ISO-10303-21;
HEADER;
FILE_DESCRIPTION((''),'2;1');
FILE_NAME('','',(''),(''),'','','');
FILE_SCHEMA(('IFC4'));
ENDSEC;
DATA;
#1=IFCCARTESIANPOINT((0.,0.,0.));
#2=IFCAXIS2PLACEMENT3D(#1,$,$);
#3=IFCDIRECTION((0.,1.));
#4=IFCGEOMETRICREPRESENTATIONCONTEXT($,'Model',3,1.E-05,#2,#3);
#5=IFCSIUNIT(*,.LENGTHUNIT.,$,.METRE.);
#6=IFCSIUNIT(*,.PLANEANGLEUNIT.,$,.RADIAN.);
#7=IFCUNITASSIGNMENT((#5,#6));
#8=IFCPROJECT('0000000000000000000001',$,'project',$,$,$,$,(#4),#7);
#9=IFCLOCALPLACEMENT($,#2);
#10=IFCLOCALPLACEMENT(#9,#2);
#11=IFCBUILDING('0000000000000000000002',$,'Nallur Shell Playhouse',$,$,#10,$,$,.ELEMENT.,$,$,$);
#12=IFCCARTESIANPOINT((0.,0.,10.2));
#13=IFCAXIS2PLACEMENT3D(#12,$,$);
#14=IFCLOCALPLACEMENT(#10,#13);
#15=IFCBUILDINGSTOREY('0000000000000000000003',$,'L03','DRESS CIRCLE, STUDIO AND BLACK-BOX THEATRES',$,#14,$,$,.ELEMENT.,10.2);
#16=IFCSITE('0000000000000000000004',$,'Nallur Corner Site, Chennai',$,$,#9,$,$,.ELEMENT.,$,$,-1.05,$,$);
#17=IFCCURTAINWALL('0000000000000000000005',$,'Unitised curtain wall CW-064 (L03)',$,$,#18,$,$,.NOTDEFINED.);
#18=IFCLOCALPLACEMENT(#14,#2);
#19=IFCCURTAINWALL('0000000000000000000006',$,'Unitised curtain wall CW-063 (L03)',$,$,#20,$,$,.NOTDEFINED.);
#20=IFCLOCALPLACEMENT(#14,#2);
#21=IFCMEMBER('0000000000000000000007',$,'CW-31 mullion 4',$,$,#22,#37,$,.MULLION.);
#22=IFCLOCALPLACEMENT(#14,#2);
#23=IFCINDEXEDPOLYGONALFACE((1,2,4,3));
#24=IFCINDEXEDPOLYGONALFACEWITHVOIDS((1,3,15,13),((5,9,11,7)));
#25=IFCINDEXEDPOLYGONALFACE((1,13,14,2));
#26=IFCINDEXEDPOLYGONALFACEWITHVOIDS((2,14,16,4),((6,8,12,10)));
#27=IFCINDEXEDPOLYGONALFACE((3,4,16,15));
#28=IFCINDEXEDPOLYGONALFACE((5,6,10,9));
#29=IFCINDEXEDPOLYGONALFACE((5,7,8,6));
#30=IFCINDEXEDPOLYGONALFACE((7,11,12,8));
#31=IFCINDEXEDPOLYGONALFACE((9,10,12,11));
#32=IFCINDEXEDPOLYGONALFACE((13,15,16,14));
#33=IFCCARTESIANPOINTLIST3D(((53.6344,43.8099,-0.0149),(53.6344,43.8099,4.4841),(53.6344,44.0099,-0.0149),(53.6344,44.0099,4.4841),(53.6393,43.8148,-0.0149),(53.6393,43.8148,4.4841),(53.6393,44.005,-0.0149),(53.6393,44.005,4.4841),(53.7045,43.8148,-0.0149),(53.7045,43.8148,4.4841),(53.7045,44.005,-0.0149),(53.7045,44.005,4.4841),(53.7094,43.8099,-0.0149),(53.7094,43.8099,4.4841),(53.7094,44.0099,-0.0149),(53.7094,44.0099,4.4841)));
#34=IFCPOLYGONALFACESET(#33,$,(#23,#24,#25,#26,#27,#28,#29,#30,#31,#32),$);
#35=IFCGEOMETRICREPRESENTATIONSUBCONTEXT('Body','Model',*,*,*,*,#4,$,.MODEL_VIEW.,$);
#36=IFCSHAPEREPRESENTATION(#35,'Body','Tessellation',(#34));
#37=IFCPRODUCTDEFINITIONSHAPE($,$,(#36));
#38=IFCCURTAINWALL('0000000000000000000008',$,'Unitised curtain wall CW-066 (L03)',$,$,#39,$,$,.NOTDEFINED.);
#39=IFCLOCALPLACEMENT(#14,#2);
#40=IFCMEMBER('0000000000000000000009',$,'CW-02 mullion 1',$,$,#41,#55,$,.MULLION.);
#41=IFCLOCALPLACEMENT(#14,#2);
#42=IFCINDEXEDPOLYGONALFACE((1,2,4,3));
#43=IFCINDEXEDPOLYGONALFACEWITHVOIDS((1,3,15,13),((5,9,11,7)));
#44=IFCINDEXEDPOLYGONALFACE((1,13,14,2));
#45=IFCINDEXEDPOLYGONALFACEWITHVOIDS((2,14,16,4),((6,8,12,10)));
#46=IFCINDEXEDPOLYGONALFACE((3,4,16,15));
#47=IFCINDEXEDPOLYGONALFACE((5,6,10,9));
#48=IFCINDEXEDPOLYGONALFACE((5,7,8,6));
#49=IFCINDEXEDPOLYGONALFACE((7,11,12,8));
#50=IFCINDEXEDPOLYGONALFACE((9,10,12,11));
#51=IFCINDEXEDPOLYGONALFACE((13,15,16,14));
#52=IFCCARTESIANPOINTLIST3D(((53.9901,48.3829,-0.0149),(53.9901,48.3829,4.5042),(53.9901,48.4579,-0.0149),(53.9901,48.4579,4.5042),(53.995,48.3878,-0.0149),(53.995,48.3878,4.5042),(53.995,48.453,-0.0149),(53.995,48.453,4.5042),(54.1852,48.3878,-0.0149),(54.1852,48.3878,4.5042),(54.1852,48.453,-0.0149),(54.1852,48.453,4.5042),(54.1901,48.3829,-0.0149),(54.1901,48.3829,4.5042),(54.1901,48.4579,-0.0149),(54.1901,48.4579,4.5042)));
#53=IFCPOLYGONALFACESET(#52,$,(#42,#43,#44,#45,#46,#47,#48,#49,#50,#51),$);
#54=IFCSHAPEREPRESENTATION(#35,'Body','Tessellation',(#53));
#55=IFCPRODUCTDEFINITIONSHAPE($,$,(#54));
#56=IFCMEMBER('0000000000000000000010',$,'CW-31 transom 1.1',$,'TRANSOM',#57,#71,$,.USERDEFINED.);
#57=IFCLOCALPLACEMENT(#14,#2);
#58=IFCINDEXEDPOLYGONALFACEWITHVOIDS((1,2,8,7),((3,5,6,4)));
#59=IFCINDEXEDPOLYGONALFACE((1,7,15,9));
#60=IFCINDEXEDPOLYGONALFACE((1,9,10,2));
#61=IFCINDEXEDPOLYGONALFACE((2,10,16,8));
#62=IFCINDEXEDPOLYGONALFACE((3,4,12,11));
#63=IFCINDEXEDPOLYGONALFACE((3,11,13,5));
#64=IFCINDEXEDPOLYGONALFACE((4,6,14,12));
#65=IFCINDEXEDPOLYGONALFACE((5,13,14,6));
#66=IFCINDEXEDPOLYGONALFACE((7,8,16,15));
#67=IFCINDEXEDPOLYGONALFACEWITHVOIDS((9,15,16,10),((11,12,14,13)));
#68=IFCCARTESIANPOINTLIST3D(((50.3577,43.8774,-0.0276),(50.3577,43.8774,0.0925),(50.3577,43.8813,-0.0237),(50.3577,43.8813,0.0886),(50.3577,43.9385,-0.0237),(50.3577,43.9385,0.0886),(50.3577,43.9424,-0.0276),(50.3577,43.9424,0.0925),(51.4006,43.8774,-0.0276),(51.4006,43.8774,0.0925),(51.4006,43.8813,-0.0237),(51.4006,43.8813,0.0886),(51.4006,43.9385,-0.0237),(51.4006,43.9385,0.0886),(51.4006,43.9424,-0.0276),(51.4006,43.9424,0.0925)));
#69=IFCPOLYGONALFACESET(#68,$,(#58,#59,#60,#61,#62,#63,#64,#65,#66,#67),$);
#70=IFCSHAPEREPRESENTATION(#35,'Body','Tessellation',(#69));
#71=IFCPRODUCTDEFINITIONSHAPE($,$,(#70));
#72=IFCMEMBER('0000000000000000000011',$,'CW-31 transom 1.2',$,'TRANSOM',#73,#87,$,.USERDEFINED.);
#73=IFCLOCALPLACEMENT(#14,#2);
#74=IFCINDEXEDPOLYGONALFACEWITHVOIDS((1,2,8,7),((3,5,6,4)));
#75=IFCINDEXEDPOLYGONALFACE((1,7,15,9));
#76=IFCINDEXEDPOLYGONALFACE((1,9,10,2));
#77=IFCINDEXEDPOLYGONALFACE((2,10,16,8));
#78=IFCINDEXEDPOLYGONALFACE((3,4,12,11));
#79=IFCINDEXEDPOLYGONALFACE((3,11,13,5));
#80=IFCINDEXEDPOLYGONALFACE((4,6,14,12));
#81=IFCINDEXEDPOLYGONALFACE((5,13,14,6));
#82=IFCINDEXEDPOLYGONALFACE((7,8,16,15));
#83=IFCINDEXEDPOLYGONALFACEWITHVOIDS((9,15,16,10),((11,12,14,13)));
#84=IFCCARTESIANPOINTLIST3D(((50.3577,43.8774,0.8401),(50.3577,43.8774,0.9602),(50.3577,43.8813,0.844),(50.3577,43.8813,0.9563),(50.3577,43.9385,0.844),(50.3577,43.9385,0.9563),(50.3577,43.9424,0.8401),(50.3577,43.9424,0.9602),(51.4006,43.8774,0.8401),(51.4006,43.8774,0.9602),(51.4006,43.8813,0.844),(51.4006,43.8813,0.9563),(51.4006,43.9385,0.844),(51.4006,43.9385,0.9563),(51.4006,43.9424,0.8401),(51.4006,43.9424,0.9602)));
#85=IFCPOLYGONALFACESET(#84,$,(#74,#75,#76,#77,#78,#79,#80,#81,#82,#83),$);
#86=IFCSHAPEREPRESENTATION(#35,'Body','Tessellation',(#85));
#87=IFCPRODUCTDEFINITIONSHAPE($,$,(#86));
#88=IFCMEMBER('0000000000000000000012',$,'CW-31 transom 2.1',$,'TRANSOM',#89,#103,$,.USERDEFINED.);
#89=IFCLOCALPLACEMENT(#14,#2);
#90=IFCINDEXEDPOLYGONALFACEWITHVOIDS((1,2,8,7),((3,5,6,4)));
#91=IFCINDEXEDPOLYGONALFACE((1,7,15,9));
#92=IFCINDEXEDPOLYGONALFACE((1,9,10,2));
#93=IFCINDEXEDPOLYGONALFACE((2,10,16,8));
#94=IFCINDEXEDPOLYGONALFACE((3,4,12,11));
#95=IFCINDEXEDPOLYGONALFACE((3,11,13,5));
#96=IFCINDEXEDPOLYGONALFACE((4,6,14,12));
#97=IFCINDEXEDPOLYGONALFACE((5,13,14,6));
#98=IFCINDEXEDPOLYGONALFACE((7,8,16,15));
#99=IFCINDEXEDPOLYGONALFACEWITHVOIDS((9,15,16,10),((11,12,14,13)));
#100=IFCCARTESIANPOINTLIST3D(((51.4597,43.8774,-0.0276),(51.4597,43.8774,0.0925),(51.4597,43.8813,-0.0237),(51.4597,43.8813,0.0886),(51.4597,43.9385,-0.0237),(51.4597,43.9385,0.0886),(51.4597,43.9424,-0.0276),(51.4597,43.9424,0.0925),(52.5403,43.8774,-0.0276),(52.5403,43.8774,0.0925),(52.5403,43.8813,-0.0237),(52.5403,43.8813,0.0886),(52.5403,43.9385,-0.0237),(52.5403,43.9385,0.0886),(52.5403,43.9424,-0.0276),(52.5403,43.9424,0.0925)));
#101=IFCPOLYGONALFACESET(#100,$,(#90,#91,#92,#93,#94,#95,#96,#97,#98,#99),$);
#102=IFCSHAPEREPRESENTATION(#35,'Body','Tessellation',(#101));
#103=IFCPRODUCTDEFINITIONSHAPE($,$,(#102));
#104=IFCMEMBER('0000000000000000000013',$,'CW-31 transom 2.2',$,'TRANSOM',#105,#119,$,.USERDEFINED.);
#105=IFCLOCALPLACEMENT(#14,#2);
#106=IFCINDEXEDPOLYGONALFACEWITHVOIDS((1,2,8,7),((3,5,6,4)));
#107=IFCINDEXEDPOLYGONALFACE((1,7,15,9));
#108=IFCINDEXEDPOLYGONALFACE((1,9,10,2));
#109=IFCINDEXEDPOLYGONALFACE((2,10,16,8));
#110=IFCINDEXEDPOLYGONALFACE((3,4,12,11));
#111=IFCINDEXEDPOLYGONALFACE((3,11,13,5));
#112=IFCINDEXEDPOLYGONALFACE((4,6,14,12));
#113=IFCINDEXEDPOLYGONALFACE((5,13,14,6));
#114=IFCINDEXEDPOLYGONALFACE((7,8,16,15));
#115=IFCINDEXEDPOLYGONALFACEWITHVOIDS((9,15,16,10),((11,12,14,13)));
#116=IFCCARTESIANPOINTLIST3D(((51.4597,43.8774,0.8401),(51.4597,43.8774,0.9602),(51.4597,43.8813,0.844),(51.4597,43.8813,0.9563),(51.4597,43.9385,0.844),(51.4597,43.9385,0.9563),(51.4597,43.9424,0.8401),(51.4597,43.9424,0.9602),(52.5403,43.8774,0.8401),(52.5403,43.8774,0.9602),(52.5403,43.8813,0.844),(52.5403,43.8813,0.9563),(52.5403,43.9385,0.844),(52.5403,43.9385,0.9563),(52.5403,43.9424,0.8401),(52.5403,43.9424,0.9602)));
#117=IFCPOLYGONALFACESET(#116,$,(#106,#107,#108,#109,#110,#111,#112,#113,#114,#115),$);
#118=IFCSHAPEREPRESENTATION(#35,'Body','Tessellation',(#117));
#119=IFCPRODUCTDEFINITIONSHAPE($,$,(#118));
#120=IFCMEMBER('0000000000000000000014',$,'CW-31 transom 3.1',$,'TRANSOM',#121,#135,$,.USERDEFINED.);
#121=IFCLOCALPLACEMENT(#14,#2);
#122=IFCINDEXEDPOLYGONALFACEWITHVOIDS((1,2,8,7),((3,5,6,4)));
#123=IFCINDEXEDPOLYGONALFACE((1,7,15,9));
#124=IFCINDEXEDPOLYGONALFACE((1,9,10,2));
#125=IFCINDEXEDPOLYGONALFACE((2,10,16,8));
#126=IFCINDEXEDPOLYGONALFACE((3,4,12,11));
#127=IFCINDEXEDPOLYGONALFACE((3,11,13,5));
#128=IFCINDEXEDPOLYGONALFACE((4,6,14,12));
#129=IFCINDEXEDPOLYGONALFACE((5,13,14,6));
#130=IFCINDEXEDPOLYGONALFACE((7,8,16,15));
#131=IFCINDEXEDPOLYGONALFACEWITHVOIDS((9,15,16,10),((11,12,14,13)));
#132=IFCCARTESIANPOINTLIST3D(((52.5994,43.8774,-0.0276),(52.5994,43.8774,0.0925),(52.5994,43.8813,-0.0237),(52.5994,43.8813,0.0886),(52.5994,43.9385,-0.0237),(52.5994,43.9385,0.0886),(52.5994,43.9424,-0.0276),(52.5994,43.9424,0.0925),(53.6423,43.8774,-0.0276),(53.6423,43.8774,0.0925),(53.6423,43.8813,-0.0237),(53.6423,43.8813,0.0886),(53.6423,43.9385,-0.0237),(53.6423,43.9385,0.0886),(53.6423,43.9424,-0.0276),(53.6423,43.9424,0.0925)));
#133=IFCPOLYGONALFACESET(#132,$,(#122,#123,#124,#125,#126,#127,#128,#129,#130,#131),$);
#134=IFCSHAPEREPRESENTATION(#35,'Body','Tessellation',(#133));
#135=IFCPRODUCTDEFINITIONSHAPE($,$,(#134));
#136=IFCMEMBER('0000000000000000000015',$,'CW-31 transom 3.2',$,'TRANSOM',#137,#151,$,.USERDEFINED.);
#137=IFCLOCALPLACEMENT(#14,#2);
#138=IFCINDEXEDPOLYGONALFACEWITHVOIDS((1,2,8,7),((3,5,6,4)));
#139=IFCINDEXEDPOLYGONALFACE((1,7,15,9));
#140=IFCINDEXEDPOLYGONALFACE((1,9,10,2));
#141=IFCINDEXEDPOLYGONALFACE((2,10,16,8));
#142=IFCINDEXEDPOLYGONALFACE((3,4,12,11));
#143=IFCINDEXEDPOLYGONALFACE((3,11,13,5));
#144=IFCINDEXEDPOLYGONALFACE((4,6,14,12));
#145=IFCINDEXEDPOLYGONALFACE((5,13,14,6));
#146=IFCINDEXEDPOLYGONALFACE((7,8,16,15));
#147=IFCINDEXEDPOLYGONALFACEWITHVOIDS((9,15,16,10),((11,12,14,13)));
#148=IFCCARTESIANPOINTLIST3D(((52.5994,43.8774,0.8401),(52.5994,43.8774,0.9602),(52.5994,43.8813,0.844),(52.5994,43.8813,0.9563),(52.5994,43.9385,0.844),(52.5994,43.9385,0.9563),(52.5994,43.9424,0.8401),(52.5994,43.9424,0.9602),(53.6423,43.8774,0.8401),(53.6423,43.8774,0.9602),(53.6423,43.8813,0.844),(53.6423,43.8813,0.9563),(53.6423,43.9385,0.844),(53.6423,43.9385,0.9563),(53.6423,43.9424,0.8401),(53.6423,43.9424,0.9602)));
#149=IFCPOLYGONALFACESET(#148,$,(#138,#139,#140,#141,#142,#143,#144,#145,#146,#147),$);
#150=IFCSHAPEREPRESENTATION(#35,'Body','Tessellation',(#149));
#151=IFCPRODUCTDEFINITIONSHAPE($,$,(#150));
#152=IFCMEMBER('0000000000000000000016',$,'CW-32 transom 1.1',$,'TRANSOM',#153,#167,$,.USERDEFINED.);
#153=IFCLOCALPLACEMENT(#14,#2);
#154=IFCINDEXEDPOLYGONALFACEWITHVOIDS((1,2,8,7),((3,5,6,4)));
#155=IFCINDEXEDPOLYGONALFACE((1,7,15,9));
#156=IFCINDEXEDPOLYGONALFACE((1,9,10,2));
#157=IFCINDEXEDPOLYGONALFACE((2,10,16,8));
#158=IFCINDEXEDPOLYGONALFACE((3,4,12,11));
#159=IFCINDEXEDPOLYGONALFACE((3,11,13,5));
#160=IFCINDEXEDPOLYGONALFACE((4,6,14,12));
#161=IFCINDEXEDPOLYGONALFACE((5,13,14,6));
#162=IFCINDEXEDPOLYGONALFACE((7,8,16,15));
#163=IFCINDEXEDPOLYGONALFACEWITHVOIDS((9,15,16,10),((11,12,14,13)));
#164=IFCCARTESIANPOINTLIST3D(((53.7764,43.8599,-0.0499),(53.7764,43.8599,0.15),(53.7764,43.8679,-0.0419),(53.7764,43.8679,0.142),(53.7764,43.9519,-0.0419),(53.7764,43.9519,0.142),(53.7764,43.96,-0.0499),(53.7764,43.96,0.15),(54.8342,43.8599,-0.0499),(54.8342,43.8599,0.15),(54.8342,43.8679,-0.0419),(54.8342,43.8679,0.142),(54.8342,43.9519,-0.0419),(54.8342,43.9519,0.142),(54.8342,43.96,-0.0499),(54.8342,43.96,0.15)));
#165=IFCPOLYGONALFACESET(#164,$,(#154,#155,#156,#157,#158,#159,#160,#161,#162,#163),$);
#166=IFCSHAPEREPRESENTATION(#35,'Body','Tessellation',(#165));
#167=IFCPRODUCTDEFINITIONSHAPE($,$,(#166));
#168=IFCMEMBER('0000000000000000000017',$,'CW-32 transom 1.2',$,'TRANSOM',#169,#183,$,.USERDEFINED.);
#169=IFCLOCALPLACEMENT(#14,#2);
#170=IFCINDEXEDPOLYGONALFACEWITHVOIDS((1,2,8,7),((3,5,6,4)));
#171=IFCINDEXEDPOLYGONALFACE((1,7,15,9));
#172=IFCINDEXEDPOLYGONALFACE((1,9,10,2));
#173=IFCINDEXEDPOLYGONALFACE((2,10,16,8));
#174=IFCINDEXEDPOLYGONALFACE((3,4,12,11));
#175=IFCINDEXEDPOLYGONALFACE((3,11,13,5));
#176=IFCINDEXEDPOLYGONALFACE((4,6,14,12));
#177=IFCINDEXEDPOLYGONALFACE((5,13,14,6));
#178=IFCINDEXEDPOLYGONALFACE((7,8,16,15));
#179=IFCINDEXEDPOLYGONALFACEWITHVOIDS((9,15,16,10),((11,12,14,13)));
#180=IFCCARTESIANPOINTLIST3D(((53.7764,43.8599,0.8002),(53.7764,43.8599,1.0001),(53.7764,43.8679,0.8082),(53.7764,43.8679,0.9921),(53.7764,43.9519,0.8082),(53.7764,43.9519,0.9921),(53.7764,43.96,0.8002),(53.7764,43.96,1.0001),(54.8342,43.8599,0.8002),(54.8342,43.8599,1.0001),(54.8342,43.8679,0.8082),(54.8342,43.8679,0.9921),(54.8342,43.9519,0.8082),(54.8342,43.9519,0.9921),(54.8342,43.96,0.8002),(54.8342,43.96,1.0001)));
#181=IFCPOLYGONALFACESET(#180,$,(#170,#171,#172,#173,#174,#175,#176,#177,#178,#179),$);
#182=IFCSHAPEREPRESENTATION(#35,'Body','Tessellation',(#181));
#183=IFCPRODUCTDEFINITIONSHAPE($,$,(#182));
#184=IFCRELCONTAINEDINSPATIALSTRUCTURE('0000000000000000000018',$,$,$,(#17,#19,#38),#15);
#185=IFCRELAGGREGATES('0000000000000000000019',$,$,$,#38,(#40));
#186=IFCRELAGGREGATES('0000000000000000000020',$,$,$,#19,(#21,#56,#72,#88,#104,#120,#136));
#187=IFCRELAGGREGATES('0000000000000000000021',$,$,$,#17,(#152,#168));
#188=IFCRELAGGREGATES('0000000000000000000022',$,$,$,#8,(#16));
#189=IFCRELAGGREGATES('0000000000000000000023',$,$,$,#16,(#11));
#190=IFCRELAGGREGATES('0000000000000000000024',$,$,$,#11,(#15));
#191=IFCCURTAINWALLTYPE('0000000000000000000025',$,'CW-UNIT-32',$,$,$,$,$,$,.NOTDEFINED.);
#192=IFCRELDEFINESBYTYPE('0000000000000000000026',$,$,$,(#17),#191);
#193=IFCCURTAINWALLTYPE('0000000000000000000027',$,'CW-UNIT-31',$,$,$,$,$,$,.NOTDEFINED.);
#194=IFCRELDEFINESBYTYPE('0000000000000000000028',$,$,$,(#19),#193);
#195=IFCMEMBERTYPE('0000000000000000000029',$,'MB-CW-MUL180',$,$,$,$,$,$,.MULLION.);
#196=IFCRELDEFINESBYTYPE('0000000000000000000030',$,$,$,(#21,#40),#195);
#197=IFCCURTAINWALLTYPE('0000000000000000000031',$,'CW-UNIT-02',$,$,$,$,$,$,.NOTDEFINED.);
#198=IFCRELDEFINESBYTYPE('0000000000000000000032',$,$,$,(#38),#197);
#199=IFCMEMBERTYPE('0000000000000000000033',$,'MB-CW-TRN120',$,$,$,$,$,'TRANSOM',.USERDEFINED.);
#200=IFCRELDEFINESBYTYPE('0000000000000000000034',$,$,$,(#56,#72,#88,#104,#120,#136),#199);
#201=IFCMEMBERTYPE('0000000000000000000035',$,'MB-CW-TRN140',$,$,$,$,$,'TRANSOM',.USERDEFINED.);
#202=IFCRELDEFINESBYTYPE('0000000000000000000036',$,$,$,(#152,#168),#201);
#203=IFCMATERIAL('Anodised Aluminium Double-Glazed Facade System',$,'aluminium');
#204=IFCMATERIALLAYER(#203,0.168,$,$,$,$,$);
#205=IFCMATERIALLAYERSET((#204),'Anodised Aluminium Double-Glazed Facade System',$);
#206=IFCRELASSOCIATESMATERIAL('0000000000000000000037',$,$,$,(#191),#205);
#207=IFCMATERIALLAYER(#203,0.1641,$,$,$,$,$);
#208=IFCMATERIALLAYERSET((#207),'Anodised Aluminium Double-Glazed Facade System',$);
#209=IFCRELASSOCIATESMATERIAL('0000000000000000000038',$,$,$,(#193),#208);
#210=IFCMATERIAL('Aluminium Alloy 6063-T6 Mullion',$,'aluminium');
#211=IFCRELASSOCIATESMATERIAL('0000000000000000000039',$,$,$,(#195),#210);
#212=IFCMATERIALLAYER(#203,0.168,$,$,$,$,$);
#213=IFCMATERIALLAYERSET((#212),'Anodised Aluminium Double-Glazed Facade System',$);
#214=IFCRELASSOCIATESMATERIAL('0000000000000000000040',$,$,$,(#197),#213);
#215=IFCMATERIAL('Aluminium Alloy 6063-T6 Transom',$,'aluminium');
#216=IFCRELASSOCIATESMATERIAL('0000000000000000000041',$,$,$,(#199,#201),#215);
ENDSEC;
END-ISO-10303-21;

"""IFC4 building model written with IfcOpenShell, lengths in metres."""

from ifc_helpers import new_model, si_unit, direction, frame, origin, origin_2d, place, context, subcontext, project, spatial, hollow_rectangle, extrude, material, layer, layer_set, material_profile, profile_set, type_object, element, aggregate, save


model = new_model("IFC4")

# Units and contexts
model_context = context("Model", 3, precision=1e-05, world=origin(), true_north=direction((0.0, 1.0)))
body_context = subcontext(model_context, "Body", "Model", "MODEL_VIEW")
ifc_project = project(units=[si_unit("LENGTHUNIT", "METRE"), si_unit("PLANEANGLEUNIT", "RADIAN")], contexts=[model_context])

# Site, building, storey
site_placement = place(None, origin())
site = spatial("IfcSite", under=ifc_project, at=site_placement, Name="Nallur Corner Site, Chennai", CompositionType="ELEMENT", RefElevation=-1.05)
building_placement = place(site_placement, origin())
building = spatial("IfcBuilding", under=site, at=building_placement, Name="Nallur Shell Playhouse", CompositionType="ELEMENT")
storey_placement = place(building_placement, frame((0.0, 0.0, 10.2)))
storey = spatial("IfcBuildingStorey", under=building, at=storey_placement, Name="L03", Description="DRESS CIRCLE, STUDIO AND BLACK-BOX THEATRES", CompositionType="ELEMENT", Elevation=10.2)

# Shared definitions
ifc_material_1 = material(Name="Anodised Aluminium Double-Glazed Facade System", Category="aluminium")
ifc_material_2 = material(Name="Aluminium Alloy 6063-T6 Mullion", Category="aluminium")

# Curtain walls, member
ifc_layer_1 = layer(ifc_material_1, 0.168)
ifc_layer_set_1 = layer_set([ifc_layer_1], Name="Anodised Aluminium Double-Glazed Facade System")
curtain_wall_type_1 = type_object("IfcCurtainWallType", Name="CW-UNIT-32", PredefinedType="NOTDEFINED", material=ifc_layer_set_1)
curtain_wall_1_placement = place(storey_placement, origin())
curtain_wall_1 = element("IfcCurtainWall", 1, at=curtain_wall_1_placement, inside=storey, type_object=curtain_wall_type_1, Name="Unitised curtain wall CW-064 (L03)", PredefinedType="NOTDEFINED")
ifc_layer_2 = layer(ifc_material_1, 0.1641)
ifc_layer_set_2 = layer_set([ifc_layer_2], Name="Anodised Aluminium Double-Glazed Facade System")
curtain_wall_type_2 = type_object("IfcCurtainWallType", Name="CW-UNIT-31", PredefinedType="NOTDEFINED", material=ifc_layer_set_2)
curtain_wall_2_placement = place(storey_placement, origin())
curtain_wall_2 = element("IfcCurtainWall", 2, at=curtain_wall_2_placement, inside=storey, type_object=curtain_wall_type_2, Name="Unitised curtain wall CW-063 (L03)", PredefinedType="NOTDEFINED")
ifc_material_profile_1 = material_profile(ifc_material_2, hollow_rectangle(XDim=0.075, YDim=0.2, WallThickness=0.0049, at=origin_2d()), Name="ALU 75x200x5")
ifc_profile_set_1 = profile_set([ifc_material_profile_1], Name="Aluminium Alloy 6063-T6 Mullion")
member_type_1 = type_object("IfcMemberType", Name="MB-CW-MUL180", PredefinedType="MULLION", material=ifc_profile_set_1)
member_1_placement = place(storey_placement, frame((53.6719, 43.9099, -0.0149), z_axis=(0.0, 0.0, 1.0), x_axis=(1.0, 0.0, 0.0)))
member_1 = element("IfcMember", 3, at=member_1_placement, type_object=member_type_1, Name="CW-31 mullion 4", PredefinedType="MULLION", context=body_context, shape_type="SweptSolid", body=[
    extrude(hollow_rectangle(XDim=0.075, YDim=0.2, WallThickness=0.0049, at=origin_2d()), origin(), (0.0, 0.0, 1.0), 4.499),
])

# Curtain wall, member
ifc_layer_3 = layer(ifc_material_1, 0.168)
ifc_layer_set_3 = layer_set([ifc_layer_3], Name="Anodised Aluminium Double-Glazed Facade System")
curtain_wall_type_3 = type_object("IfcCurtainWallType", Name="CW-UNIT-02", PredefinedType="NOTDEFINED", material=ifc_layer_set_3)
curtain_wall_3_placement = place(storey_placement, origin())
curtain_wall_3 = element("IfcCurtainWall", 4, at=curtain_wall_3_placement, inside=storey, type_object=curtain_wall_type_3, Name="Unitised curtain wall CW-066 (L03)", PredefinedType="NOTDEFINED")
member_2_placement = place(storey_placement, frame((54.0901, 48.4204, -0.0149), z_axis=(0.0, 0.0, 1.0), x_axis=(0.0, 1.0, 0.0)))
member_2 = element("IfcMember", 5, at=member_2_placement, type_object=member_type_1, Name="CW-02 mullion 1", PredefinedType="MULLION", context=body_context, shape_type="SweptSolid", body=[
    extrude(hollow_rectangle(XDim=0.075, YDim=0.2, WallThickness=0.0049, at=origin_2d()), origin(), (0.0, 0.0, 1.0), 4.519),
])

# Members
ifc_material_3 = material(Name="Aluminium Alloy 6063-T6 Transom", Category="aluminium")
ifc_material_profile_2 = material_profile(ifc_material_3, hollow_rectangle(XDim=0.0649, YDim=0.1201, WallThickness=0.0039, at=origin_2d()), Name="ALU 65x120x4")
ifc_profile_set_2 = profile_set([ifc_material_profile_2], Name="Aluminium Alloy 6063-T6 Transom")
member_type_2 = type_object("IfcMemberType", Name="MB-CW-TRN120", ElementType="TRANSOM", PredefinedType="USERDEFINED", material=ifc_profile_set_2)
member_3_placement = place(storey_placement, frame((50.3577, 43.9099, 0.0325), z_axis=(1.0, 0.0, 0.0), x_axis=(0.0, 1.0, 0.0)))
member_3 = element("IfcMember", 6, at=member_3_placement, type_object=member_type_2, Name="CW-31 transom 1.1", ObjectType="TRANSOM", PredefinedType="USERDEFINED", context=body_context, shape_type="SweptSolid", body=[
    extrude(hollow_rectangle(XDim=0.0649, YDim=0.1201, WallThickness=0.0039, at=origin_2d()), origin(), (0.0, 0.0, 1.0), 1.043),
])
member_4_placement = place(storey_placement, frame((50.3577, 43.9099, 0.9001), z_axis=(1.0, 0.0, 0.0), x_axis=(0.0, 1.0, 0.0)))
member_4 = element("IfcMember", 7, at=member_4_placement, type_object=member_type_2, Name="CW-31 transom 1.2", ObjectType="TRANSOM", PredefinedType="USERDEFINED", context=body_context, shape_type="SweptSolid", body=[
    extrude(hollow_rectangle(XDim=0.0649, YDim=0.1201, WallThickness=0.0039, at=origin_2d()), origin(), (0.0, 0.0, 1.0), 1.043),
])
member_5_placement = place(storey_placement, frame((51.4597, 43.9099, 0.0325), z_axis=(1.0, 0.0, 0.0), x_axis=(0.0, 1.0, 0.0)))
member_5 = element("IfcMember", 8, at=member_5_placement, type_object=member_type_2, Name="CW-31 transom 2.1", ObjectType="TRANSOM", PredefinedType="USERDEFINED", context=body_context, shape_type="SweptSolid", body=[
    extrude(hollow_rectangle(XDim=0.0649, YDim=0.1201, WallThickness=0.0039, at=origin_2d()), origin(), (0.0, 0.0, 1.0), 1.0806),
])
member_6_placement = place(storey_placement, frame((51.4597, 43.9099, 0.9001), z_axis=(1.0, 0.0, 0.0), x_axis=(0.0, 1.0, 0.0)))
member_6 = element("IfcMember", 9, at=member_6_placement, type_object=member_type_2, Name="CW-31 transom 2.2", ObjectType="TRANSOM", PredefinedType="USERDEFINED", context=body_context, shape_type="SweptSolid", body=[
    extrude(hollow_rectangle(XDim=0.0649, YDim=0.1201, WallThickness=0.0039, at=origin_2d()), origin(), (0.0, 0.0, 1.0), 1.0806),
])
member_7_placement = place(storey_placement, frame((52.5994, 43.9099, 0.0325), z_axis=(1.0, 0.0, 0.0), x_axis=(0.0, 1.0, 0.0)))
member_7 = element("IfcMember", 10, at=member_7_placement, type_object=member_type_2, Name="CW-31 transom 3.1", ObjectType="TRANSOM", PredefinedType="USERDEFINED", context=body_context, shape_type="SweptSolid", body=[
    extrude(hollow_rectangle(XDim=0.0649, YDim=0.1201, WallThickness=0.0039, at=origin_2d()), origin(), (0.0, 0.0, 1.0), 1.043),
])
member_8_placement = place(storey_placement, frame((52.5994, 43.9099, 0.9001), z_axis=(1.0, 0.0, 0.0), x_axis=(0.0, 1.0, 0.0)))
member_8 = element("IfcMember", 11, at=member_8_placement, type_object=member_type_2, Name="CW-31 transom 3.2", ObjectType="TRANSOM", PredefinedType="USERDEFINED", context=body_context, shape_type="SweptSolid", body=[
    extrude(hollow_rectangle(XDim=0.0649, YDim=0.1201, WallThickness=0.0039, at=origin_2d()), origin(), (0.0, 0.0, 1.0), 1.043),
])
ifc_material_profile_3 = material_profile(ifc_material_3, hollow_rectangle(XDim=0.1001, YDim=0.2, WallThickness=0.0081, at=origin_2d()), Name="RHS 200x100x8")
ifc_profile_set_3 = profile_set([ifc_material_profile_3], Name="Aluminium Alloy 6063-T6 Transom")
member_type_3 = type_object("IfcMemberType", Name="MB-CW-TRN140", ElementType="TRANSOM", PredefinedType="USERDEFINED", material=ifc_profile_set_3)
member_9_placement = place(storey_placement, frame((53.7764, 43.9099, 0.05), z_axis=(1.0, 0.0, 0.0), x_axis=(0.0, 1.0, 0.0)))
member_9 = element("IfcMember", 12, at=member_9_placement, type_object=member_type_3, Name="CW-32 transom 1.1", ObjectType="TRANSOM", PredefinedType="USERDEFINED", context=body_context, shape_type="SweptSolid", body=[
    extrude(hollow_rectangle(XDim=0.1001, YDim=0.2, WallThickness=0.0081, at=origin_2d()), origin(), (0.0, 0.0, 1.0), 1.0579),
])
member_10_placement = place(storey_placement, frame((53.7764, 43.9099, 0.9001), z_axis=(1.0, 0.0, 0.0), x_axis=(0.0, 1.0, 0.0)))
member_10 = element("IfcMember", 13, at=member_10_placement, type_object=member_type_3, Name="CW-32 transom 1.2", ObjectType="TRANSOM", PredefinedType="USERDEFINED", context=body_context, shape_type="SweptSolid", body=[
    extrude(hollow_rectangle(XDim=0.1001, YDim=0.2, WallThickness=0.0081, at=origin_2d()), origin(), (0.0, 0.0, 1.0), 1.0579),
])
aggregate(curtain_wall_3, [member_2])

aggregate(curtain_wall_2, [member_1, member_3, member_4, member_5, member_6, member_7, member_8])
aggregate(curtain_wall_1, [member_9, member_10])

save(model, "model.ifc")
